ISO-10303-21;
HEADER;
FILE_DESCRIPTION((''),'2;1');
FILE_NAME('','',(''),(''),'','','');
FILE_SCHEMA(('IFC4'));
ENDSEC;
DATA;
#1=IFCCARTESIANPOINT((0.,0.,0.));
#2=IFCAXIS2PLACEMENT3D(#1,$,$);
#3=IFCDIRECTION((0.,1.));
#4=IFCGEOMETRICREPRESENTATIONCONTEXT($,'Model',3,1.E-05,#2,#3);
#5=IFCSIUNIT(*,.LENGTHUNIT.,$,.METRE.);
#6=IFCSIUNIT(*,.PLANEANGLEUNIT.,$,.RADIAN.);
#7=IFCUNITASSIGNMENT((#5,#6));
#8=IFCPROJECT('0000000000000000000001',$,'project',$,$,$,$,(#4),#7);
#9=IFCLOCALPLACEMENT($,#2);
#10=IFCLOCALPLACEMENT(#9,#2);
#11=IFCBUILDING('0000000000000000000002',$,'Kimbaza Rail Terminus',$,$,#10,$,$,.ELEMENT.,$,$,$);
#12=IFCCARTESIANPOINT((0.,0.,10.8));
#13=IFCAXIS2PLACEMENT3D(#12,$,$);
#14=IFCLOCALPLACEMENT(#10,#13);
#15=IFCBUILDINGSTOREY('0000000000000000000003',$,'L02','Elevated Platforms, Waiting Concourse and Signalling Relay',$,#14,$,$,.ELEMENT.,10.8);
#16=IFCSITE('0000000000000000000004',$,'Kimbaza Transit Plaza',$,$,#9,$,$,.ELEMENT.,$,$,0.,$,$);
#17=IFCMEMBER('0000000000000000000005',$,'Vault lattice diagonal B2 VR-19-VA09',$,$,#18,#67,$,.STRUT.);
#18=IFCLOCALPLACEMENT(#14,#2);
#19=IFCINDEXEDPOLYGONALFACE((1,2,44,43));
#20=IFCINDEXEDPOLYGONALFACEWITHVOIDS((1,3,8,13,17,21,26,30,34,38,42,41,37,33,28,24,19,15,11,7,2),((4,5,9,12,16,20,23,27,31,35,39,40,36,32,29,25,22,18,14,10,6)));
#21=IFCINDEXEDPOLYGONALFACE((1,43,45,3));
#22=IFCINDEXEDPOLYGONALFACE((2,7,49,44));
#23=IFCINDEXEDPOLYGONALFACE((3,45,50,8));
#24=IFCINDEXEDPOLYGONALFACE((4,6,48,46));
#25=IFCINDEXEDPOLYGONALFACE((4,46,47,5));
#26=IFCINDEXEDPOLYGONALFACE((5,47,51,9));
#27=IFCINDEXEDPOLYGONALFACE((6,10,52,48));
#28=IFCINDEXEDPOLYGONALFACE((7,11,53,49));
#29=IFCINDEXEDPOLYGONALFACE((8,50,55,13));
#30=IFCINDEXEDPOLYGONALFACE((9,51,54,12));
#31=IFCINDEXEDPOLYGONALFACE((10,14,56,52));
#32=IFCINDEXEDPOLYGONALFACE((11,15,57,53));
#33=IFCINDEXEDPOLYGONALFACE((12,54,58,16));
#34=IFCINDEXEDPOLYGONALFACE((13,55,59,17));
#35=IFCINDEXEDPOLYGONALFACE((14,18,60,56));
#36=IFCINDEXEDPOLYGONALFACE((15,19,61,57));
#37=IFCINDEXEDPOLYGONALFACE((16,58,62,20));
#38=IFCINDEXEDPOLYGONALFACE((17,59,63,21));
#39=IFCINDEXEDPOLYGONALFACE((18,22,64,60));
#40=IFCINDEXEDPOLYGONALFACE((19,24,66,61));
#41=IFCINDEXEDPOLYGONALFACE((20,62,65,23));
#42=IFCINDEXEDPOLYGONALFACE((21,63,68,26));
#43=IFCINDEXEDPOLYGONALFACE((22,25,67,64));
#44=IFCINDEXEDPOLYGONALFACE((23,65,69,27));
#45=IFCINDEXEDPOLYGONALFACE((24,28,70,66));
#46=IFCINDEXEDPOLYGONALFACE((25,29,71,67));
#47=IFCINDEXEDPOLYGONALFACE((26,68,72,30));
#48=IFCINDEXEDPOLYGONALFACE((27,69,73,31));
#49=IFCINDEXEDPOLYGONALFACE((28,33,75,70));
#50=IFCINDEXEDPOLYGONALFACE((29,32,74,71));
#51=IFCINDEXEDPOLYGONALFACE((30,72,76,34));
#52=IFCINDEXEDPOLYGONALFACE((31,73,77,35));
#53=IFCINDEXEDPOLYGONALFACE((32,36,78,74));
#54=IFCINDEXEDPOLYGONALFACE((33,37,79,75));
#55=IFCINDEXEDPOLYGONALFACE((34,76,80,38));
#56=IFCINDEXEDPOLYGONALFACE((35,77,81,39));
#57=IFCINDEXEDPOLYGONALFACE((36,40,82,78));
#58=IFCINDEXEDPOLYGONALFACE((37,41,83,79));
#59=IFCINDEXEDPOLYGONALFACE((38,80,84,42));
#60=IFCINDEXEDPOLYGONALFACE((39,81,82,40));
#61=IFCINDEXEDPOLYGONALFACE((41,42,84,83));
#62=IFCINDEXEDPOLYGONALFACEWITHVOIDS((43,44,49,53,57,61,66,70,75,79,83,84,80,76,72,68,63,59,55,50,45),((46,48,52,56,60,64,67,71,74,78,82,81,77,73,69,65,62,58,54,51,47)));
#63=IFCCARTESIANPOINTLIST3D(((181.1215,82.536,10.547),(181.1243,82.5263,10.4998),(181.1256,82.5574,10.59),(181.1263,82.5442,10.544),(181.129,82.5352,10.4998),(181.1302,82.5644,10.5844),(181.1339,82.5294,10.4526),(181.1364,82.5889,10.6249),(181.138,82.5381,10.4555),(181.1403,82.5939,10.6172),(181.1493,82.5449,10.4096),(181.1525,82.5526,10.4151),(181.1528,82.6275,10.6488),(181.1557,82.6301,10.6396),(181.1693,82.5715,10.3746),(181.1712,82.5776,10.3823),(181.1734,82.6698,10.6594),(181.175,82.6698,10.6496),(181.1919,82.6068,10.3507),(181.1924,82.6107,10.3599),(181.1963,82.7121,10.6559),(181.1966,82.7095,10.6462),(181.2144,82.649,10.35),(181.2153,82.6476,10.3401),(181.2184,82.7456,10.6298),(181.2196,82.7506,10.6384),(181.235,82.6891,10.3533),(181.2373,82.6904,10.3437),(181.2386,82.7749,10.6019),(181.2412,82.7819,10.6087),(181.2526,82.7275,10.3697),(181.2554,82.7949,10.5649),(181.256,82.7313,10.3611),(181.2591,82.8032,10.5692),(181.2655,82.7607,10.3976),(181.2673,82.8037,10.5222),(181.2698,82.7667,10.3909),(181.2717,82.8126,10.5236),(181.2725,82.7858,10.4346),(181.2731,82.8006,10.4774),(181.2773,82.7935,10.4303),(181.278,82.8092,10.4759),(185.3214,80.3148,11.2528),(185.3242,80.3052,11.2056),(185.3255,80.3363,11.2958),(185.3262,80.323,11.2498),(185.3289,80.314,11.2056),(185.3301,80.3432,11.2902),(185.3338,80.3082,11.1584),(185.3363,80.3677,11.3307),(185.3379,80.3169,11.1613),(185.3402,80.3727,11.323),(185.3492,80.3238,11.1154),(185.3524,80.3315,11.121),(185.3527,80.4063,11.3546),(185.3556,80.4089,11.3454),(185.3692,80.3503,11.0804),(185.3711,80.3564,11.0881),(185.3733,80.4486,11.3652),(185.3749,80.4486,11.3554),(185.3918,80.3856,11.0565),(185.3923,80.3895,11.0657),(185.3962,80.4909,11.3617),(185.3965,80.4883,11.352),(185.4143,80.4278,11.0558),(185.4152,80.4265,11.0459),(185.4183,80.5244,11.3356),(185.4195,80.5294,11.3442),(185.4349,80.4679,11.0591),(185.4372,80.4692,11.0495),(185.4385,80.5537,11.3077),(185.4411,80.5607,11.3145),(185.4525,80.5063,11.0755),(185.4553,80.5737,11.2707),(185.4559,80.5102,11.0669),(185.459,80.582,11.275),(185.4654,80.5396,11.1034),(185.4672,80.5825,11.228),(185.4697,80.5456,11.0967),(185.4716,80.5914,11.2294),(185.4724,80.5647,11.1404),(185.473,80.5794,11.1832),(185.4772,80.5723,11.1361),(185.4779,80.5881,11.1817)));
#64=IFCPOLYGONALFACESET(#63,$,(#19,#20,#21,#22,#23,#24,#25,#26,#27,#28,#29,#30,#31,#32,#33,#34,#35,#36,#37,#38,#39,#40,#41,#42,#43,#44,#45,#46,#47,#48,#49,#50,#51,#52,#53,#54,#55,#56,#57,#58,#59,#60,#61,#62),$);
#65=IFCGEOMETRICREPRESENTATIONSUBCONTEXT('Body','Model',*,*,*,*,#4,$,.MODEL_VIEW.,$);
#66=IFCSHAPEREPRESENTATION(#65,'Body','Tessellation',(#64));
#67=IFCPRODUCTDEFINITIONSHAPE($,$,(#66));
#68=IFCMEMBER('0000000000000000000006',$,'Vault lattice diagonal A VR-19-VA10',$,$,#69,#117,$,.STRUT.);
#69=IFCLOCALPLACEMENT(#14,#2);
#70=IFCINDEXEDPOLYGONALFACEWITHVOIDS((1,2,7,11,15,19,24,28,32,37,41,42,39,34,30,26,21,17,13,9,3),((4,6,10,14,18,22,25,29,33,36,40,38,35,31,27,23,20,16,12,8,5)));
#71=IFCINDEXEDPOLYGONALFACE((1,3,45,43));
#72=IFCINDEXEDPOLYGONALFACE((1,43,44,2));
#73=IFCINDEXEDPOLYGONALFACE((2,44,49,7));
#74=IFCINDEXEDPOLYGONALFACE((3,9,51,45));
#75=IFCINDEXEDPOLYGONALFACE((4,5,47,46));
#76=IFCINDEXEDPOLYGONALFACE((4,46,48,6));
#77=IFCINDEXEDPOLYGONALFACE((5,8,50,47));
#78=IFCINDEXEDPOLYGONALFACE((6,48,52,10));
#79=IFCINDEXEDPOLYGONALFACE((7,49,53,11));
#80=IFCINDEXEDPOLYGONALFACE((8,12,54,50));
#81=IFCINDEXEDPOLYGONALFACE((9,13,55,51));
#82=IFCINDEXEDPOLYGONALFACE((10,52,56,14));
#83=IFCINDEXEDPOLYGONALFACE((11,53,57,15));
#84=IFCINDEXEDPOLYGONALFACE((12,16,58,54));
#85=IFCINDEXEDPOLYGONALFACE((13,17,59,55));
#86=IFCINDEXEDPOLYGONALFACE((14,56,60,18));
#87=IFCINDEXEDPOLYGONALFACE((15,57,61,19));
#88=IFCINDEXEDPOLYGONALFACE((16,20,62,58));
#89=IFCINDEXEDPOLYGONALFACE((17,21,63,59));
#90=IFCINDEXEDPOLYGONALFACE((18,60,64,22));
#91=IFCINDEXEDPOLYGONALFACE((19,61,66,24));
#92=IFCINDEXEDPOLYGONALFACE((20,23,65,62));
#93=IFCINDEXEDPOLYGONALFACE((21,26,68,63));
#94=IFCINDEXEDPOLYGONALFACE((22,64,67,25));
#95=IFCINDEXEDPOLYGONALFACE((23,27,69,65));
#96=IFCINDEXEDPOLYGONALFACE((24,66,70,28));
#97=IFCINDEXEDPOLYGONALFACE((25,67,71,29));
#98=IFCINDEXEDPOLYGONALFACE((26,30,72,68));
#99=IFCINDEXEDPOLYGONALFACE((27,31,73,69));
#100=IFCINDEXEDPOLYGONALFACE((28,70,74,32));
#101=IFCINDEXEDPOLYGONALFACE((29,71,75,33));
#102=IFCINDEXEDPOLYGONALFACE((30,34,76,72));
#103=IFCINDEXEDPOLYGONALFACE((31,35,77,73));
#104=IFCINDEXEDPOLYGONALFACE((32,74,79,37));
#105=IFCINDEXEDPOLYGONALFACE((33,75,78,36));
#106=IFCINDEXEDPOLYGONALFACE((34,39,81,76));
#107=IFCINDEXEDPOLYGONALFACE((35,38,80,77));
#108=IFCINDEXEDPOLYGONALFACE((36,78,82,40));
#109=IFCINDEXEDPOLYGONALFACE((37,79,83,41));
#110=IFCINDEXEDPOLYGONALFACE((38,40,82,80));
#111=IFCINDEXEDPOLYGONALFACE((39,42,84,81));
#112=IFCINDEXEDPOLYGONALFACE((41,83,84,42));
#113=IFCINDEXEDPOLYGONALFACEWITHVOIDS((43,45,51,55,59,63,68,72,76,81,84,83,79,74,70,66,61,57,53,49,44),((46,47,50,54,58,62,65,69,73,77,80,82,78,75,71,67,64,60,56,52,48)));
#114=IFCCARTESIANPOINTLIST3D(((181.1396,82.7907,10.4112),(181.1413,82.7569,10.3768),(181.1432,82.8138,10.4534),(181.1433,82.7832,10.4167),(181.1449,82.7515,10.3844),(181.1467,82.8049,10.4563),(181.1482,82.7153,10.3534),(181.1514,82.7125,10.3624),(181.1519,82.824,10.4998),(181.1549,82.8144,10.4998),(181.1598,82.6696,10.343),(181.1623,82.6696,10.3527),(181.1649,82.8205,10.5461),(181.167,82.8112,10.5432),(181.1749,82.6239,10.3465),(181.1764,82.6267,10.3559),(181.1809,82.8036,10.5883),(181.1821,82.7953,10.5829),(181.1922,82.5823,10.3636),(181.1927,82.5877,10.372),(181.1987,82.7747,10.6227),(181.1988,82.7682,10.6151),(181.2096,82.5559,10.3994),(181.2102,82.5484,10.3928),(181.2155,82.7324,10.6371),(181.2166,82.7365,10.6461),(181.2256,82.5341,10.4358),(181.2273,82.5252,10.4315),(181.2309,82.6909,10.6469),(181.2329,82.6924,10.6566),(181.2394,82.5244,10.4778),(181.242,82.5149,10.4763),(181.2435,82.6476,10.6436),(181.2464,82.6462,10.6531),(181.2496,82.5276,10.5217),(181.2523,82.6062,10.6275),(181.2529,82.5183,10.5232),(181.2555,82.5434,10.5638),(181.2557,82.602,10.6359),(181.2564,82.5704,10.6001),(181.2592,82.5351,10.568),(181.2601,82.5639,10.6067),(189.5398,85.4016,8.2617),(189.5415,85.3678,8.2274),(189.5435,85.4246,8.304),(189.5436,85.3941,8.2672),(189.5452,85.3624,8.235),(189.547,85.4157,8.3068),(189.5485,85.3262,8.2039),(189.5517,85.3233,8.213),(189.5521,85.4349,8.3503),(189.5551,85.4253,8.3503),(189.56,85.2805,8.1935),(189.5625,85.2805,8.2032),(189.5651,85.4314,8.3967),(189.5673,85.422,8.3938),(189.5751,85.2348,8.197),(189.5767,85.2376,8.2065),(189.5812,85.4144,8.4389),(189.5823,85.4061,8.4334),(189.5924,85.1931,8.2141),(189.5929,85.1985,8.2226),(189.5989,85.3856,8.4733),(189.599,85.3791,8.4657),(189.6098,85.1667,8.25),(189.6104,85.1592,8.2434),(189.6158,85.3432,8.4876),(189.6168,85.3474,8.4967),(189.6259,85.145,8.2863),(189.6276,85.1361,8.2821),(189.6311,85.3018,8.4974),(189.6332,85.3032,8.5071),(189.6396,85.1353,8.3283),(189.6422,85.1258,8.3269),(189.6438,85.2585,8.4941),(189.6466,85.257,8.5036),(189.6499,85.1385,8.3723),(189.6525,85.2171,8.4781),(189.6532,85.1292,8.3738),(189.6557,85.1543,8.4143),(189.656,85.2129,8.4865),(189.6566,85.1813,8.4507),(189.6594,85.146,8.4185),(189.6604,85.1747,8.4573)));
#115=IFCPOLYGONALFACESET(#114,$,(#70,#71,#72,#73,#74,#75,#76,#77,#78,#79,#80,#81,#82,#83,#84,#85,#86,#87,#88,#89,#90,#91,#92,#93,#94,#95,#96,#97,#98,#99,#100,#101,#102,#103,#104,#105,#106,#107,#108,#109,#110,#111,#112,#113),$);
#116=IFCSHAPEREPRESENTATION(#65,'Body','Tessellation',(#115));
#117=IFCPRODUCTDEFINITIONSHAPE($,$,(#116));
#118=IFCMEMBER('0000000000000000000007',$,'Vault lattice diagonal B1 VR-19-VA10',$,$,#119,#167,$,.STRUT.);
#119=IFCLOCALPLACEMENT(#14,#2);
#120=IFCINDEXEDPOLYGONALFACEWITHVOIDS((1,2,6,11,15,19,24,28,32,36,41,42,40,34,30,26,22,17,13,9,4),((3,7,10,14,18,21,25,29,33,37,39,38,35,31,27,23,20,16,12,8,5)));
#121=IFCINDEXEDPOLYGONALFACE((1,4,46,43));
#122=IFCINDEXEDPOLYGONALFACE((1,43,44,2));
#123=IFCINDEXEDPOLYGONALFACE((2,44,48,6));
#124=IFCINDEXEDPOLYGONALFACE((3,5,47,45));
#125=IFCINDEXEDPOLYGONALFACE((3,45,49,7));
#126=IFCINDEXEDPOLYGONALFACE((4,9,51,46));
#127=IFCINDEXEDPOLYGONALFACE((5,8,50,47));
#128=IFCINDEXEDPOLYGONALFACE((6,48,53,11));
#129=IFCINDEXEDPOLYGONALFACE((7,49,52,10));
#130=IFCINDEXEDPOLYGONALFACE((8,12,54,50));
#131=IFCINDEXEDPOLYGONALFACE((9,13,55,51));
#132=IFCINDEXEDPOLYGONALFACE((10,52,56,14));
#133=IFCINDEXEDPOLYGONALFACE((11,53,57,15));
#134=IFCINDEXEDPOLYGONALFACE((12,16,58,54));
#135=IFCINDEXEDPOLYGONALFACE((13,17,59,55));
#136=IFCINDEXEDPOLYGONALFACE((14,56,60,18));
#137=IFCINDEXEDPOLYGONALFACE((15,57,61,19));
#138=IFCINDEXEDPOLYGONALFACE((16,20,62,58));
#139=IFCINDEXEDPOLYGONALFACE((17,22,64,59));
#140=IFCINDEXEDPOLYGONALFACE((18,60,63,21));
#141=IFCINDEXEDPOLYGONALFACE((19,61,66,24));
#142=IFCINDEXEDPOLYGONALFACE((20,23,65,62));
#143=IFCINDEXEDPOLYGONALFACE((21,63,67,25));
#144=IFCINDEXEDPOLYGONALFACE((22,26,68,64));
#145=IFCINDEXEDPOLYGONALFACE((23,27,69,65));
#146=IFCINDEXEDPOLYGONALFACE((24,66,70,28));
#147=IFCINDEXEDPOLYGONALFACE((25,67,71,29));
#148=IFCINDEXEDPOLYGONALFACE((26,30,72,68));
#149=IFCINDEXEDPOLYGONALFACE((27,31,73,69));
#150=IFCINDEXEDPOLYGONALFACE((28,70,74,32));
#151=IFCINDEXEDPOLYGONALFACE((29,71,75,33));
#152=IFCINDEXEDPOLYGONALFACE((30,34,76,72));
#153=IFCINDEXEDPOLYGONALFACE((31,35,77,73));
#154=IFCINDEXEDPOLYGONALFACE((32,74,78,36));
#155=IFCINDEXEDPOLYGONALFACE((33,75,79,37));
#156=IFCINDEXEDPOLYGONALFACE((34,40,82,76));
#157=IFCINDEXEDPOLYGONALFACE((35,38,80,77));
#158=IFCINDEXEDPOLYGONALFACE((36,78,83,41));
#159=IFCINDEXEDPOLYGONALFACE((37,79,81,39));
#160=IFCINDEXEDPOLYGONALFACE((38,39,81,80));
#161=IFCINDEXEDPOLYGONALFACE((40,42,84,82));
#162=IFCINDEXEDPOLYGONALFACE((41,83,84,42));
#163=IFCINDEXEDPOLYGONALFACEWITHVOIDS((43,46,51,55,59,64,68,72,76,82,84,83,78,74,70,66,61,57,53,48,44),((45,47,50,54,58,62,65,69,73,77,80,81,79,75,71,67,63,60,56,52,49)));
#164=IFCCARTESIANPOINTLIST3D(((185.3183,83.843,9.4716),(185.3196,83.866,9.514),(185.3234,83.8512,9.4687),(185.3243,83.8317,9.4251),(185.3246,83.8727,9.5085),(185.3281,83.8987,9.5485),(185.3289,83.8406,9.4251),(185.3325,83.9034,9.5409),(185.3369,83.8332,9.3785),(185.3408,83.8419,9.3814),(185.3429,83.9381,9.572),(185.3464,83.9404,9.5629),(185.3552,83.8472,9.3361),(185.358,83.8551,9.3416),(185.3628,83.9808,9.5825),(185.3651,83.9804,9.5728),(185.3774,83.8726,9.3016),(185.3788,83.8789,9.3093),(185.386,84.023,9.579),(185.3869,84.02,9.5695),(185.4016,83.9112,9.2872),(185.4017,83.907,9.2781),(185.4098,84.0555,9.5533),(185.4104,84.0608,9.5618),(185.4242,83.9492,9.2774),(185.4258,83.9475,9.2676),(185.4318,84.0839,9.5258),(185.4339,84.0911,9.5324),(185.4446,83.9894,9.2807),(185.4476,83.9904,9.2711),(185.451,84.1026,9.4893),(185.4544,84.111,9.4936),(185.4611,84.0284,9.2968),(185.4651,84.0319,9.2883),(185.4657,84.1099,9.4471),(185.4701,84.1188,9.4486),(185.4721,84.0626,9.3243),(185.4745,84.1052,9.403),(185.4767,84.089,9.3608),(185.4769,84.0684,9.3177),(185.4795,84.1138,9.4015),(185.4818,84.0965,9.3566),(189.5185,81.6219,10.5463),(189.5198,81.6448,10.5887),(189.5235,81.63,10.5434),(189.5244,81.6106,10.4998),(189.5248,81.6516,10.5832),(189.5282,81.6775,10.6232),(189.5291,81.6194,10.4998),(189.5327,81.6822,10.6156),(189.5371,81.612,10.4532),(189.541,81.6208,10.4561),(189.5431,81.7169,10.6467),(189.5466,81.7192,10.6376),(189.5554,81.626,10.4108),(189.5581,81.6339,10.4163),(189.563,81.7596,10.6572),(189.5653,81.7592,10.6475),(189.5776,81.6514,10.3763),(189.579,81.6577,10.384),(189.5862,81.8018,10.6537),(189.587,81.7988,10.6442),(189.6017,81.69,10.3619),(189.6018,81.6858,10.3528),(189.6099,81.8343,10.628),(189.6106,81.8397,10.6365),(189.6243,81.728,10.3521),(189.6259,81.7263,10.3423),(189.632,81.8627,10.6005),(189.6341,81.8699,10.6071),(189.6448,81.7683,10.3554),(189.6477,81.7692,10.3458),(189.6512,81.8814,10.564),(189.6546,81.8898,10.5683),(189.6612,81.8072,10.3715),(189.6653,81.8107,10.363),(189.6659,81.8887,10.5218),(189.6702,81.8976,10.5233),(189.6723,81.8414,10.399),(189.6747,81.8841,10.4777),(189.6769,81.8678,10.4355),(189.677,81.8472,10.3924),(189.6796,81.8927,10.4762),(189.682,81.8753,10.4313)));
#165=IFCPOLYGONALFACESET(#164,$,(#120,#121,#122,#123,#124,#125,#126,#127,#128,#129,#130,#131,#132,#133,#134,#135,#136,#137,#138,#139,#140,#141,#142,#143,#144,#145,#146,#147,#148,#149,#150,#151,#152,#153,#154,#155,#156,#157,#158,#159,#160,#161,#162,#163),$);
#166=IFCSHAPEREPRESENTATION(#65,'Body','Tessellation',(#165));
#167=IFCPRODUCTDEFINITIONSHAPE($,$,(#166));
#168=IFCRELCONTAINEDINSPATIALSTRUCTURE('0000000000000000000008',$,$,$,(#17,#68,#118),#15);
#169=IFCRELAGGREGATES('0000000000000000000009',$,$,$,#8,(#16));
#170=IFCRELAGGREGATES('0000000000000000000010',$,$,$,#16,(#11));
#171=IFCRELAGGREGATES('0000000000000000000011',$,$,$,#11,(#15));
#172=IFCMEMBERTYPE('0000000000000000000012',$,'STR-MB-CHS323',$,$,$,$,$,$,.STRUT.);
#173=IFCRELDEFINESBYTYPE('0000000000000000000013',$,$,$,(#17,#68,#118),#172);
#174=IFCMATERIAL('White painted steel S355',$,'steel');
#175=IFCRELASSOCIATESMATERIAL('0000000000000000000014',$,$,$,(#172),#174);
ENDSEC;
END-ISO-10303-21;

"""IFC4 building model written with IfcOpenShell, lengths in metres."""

from ifc_helpers import new_model, si_unit, direction, frame, origin, origin_2d, place, context, subcontext, project, spatial, hollow_circle, extrude, material, material_profile, profile_set, type_object, element, save


model = new_model("IFC4")

# Units and contexts
model_context = context("Model", 3, precision=1e-05, world=origin(), true_north=direction((0.0, 1.0)))
body_context = subcontext(model_context, "Body", "Model", "MODEL_VIEW")
ifc_project = project(units=[si_unit("LENGTHUNIT", "METRE"), si_unit("PLANEANGLEUNIT", "RADIAN")], contexts=[model_context])

# Site, building, storey
site_placement = place(None, origin())
site = spatial("IfcSite", under=ifc_project, at=site_placement, Name="Kimbaza Transit Plaza", CompositionType="ELEMENT", RefElevation=0.0)
building_placement = place(site_placement, origin())
building = spatial("IfcBuilding", under=site, at=building_placement, Name="Kimbaza Rail Terminus", CompositionType="ELEMENT")
storey_placement = place(building_placement, frame((0.0, 0.0, 10.8)))
storey = spatial("IfcBuildingStorey", under=building, at=storey_placement, Name="L02", Description="Elevated Platforms, Waiting Concourse and Signalling Relay", CompositionType="ELEMENT", Elevation=10.8)

# Members
ifc_material_1 = material(Name="White painted steel S355", Category="steel")
ifc_material_profile_1 = material_profile(ifc_material_1, hollow_circle(Radius=0.1619, WallThickness=0.01, at=origin_2d()), Name="CHS 323.9x10")
ifc_profile_set_1 = profile_set([ifc_material_profile_1], Name="White painted steel S355")
member_type_1 = type_object("IfcMemberType", Name="STR-MB-CHS323", PredefinedType="STRUT", material=ifc_profile_set_1)
member_1_placement = place(storey_placement, frame((185.3999, 80.4482, 11.2056), z_axis=(-0.874393, 0.462433, -0.146944), x_axis=(-0.467508, -0.883989, 0.0)))
element("IfcMember", 1, at=member_1_placement, inside=storey, type_object=member_type_1, Name="Vault lattice diagonal B2 VR-19-VA09", PredefinedType="STRUT", context=body_context, shape_type="SweptSolid", body=[
    extrude(hollow_circle(Radius=0.1619, WallThickness=0.01, at=origin_2d()), origin(), (0.0, 0.0, 1.0), 4.8032),
])
member_2_placement = place(storey_placement, frame((181.2, 82.6694, 10.4998), z_axis=(0.927647, 0.288321, -0.237365), x_axis=(-0.296803, 0.954939, 0.0)))
element("IfcMember", 2, at=member_2_placement, inside=storey, type_object=member_type_1, Name="Vault lattice diagonal A VR-19-VA10", PredefinedType="STRUT", context=body_context, shape_type="SweptSolid", body=[
    extrude(hollow_circle(Radius=0.1619, WallThickness=0.01, at=origin_2d()), origin(), (0.0, 0.0, 1.0), 9.0554),
])
member_3_placement = place(storey_placement, frame((189.6001, 81.7537, 10.4998), z_axis=(-0.862219, 0.455968, -0.220617), x_axis=(-0.467486, -0.884, 0.0)))
element("IfcMember", 3, at=member_3_placement, inside=storey, type_object=member_type_1, Name="Vault lattice diagonal B1 VR-19-VA10", PredefinedType="STRUT", context=body_context, shape_type="SweptSolid", body=[
    extrude(hollow_circle(Radius=0.1619, WallThickness=0.01, at=origin_2d()), origin(), (0.0, 0.0, 1.0), 4.8713),
])

save(model, "model.ifc")
